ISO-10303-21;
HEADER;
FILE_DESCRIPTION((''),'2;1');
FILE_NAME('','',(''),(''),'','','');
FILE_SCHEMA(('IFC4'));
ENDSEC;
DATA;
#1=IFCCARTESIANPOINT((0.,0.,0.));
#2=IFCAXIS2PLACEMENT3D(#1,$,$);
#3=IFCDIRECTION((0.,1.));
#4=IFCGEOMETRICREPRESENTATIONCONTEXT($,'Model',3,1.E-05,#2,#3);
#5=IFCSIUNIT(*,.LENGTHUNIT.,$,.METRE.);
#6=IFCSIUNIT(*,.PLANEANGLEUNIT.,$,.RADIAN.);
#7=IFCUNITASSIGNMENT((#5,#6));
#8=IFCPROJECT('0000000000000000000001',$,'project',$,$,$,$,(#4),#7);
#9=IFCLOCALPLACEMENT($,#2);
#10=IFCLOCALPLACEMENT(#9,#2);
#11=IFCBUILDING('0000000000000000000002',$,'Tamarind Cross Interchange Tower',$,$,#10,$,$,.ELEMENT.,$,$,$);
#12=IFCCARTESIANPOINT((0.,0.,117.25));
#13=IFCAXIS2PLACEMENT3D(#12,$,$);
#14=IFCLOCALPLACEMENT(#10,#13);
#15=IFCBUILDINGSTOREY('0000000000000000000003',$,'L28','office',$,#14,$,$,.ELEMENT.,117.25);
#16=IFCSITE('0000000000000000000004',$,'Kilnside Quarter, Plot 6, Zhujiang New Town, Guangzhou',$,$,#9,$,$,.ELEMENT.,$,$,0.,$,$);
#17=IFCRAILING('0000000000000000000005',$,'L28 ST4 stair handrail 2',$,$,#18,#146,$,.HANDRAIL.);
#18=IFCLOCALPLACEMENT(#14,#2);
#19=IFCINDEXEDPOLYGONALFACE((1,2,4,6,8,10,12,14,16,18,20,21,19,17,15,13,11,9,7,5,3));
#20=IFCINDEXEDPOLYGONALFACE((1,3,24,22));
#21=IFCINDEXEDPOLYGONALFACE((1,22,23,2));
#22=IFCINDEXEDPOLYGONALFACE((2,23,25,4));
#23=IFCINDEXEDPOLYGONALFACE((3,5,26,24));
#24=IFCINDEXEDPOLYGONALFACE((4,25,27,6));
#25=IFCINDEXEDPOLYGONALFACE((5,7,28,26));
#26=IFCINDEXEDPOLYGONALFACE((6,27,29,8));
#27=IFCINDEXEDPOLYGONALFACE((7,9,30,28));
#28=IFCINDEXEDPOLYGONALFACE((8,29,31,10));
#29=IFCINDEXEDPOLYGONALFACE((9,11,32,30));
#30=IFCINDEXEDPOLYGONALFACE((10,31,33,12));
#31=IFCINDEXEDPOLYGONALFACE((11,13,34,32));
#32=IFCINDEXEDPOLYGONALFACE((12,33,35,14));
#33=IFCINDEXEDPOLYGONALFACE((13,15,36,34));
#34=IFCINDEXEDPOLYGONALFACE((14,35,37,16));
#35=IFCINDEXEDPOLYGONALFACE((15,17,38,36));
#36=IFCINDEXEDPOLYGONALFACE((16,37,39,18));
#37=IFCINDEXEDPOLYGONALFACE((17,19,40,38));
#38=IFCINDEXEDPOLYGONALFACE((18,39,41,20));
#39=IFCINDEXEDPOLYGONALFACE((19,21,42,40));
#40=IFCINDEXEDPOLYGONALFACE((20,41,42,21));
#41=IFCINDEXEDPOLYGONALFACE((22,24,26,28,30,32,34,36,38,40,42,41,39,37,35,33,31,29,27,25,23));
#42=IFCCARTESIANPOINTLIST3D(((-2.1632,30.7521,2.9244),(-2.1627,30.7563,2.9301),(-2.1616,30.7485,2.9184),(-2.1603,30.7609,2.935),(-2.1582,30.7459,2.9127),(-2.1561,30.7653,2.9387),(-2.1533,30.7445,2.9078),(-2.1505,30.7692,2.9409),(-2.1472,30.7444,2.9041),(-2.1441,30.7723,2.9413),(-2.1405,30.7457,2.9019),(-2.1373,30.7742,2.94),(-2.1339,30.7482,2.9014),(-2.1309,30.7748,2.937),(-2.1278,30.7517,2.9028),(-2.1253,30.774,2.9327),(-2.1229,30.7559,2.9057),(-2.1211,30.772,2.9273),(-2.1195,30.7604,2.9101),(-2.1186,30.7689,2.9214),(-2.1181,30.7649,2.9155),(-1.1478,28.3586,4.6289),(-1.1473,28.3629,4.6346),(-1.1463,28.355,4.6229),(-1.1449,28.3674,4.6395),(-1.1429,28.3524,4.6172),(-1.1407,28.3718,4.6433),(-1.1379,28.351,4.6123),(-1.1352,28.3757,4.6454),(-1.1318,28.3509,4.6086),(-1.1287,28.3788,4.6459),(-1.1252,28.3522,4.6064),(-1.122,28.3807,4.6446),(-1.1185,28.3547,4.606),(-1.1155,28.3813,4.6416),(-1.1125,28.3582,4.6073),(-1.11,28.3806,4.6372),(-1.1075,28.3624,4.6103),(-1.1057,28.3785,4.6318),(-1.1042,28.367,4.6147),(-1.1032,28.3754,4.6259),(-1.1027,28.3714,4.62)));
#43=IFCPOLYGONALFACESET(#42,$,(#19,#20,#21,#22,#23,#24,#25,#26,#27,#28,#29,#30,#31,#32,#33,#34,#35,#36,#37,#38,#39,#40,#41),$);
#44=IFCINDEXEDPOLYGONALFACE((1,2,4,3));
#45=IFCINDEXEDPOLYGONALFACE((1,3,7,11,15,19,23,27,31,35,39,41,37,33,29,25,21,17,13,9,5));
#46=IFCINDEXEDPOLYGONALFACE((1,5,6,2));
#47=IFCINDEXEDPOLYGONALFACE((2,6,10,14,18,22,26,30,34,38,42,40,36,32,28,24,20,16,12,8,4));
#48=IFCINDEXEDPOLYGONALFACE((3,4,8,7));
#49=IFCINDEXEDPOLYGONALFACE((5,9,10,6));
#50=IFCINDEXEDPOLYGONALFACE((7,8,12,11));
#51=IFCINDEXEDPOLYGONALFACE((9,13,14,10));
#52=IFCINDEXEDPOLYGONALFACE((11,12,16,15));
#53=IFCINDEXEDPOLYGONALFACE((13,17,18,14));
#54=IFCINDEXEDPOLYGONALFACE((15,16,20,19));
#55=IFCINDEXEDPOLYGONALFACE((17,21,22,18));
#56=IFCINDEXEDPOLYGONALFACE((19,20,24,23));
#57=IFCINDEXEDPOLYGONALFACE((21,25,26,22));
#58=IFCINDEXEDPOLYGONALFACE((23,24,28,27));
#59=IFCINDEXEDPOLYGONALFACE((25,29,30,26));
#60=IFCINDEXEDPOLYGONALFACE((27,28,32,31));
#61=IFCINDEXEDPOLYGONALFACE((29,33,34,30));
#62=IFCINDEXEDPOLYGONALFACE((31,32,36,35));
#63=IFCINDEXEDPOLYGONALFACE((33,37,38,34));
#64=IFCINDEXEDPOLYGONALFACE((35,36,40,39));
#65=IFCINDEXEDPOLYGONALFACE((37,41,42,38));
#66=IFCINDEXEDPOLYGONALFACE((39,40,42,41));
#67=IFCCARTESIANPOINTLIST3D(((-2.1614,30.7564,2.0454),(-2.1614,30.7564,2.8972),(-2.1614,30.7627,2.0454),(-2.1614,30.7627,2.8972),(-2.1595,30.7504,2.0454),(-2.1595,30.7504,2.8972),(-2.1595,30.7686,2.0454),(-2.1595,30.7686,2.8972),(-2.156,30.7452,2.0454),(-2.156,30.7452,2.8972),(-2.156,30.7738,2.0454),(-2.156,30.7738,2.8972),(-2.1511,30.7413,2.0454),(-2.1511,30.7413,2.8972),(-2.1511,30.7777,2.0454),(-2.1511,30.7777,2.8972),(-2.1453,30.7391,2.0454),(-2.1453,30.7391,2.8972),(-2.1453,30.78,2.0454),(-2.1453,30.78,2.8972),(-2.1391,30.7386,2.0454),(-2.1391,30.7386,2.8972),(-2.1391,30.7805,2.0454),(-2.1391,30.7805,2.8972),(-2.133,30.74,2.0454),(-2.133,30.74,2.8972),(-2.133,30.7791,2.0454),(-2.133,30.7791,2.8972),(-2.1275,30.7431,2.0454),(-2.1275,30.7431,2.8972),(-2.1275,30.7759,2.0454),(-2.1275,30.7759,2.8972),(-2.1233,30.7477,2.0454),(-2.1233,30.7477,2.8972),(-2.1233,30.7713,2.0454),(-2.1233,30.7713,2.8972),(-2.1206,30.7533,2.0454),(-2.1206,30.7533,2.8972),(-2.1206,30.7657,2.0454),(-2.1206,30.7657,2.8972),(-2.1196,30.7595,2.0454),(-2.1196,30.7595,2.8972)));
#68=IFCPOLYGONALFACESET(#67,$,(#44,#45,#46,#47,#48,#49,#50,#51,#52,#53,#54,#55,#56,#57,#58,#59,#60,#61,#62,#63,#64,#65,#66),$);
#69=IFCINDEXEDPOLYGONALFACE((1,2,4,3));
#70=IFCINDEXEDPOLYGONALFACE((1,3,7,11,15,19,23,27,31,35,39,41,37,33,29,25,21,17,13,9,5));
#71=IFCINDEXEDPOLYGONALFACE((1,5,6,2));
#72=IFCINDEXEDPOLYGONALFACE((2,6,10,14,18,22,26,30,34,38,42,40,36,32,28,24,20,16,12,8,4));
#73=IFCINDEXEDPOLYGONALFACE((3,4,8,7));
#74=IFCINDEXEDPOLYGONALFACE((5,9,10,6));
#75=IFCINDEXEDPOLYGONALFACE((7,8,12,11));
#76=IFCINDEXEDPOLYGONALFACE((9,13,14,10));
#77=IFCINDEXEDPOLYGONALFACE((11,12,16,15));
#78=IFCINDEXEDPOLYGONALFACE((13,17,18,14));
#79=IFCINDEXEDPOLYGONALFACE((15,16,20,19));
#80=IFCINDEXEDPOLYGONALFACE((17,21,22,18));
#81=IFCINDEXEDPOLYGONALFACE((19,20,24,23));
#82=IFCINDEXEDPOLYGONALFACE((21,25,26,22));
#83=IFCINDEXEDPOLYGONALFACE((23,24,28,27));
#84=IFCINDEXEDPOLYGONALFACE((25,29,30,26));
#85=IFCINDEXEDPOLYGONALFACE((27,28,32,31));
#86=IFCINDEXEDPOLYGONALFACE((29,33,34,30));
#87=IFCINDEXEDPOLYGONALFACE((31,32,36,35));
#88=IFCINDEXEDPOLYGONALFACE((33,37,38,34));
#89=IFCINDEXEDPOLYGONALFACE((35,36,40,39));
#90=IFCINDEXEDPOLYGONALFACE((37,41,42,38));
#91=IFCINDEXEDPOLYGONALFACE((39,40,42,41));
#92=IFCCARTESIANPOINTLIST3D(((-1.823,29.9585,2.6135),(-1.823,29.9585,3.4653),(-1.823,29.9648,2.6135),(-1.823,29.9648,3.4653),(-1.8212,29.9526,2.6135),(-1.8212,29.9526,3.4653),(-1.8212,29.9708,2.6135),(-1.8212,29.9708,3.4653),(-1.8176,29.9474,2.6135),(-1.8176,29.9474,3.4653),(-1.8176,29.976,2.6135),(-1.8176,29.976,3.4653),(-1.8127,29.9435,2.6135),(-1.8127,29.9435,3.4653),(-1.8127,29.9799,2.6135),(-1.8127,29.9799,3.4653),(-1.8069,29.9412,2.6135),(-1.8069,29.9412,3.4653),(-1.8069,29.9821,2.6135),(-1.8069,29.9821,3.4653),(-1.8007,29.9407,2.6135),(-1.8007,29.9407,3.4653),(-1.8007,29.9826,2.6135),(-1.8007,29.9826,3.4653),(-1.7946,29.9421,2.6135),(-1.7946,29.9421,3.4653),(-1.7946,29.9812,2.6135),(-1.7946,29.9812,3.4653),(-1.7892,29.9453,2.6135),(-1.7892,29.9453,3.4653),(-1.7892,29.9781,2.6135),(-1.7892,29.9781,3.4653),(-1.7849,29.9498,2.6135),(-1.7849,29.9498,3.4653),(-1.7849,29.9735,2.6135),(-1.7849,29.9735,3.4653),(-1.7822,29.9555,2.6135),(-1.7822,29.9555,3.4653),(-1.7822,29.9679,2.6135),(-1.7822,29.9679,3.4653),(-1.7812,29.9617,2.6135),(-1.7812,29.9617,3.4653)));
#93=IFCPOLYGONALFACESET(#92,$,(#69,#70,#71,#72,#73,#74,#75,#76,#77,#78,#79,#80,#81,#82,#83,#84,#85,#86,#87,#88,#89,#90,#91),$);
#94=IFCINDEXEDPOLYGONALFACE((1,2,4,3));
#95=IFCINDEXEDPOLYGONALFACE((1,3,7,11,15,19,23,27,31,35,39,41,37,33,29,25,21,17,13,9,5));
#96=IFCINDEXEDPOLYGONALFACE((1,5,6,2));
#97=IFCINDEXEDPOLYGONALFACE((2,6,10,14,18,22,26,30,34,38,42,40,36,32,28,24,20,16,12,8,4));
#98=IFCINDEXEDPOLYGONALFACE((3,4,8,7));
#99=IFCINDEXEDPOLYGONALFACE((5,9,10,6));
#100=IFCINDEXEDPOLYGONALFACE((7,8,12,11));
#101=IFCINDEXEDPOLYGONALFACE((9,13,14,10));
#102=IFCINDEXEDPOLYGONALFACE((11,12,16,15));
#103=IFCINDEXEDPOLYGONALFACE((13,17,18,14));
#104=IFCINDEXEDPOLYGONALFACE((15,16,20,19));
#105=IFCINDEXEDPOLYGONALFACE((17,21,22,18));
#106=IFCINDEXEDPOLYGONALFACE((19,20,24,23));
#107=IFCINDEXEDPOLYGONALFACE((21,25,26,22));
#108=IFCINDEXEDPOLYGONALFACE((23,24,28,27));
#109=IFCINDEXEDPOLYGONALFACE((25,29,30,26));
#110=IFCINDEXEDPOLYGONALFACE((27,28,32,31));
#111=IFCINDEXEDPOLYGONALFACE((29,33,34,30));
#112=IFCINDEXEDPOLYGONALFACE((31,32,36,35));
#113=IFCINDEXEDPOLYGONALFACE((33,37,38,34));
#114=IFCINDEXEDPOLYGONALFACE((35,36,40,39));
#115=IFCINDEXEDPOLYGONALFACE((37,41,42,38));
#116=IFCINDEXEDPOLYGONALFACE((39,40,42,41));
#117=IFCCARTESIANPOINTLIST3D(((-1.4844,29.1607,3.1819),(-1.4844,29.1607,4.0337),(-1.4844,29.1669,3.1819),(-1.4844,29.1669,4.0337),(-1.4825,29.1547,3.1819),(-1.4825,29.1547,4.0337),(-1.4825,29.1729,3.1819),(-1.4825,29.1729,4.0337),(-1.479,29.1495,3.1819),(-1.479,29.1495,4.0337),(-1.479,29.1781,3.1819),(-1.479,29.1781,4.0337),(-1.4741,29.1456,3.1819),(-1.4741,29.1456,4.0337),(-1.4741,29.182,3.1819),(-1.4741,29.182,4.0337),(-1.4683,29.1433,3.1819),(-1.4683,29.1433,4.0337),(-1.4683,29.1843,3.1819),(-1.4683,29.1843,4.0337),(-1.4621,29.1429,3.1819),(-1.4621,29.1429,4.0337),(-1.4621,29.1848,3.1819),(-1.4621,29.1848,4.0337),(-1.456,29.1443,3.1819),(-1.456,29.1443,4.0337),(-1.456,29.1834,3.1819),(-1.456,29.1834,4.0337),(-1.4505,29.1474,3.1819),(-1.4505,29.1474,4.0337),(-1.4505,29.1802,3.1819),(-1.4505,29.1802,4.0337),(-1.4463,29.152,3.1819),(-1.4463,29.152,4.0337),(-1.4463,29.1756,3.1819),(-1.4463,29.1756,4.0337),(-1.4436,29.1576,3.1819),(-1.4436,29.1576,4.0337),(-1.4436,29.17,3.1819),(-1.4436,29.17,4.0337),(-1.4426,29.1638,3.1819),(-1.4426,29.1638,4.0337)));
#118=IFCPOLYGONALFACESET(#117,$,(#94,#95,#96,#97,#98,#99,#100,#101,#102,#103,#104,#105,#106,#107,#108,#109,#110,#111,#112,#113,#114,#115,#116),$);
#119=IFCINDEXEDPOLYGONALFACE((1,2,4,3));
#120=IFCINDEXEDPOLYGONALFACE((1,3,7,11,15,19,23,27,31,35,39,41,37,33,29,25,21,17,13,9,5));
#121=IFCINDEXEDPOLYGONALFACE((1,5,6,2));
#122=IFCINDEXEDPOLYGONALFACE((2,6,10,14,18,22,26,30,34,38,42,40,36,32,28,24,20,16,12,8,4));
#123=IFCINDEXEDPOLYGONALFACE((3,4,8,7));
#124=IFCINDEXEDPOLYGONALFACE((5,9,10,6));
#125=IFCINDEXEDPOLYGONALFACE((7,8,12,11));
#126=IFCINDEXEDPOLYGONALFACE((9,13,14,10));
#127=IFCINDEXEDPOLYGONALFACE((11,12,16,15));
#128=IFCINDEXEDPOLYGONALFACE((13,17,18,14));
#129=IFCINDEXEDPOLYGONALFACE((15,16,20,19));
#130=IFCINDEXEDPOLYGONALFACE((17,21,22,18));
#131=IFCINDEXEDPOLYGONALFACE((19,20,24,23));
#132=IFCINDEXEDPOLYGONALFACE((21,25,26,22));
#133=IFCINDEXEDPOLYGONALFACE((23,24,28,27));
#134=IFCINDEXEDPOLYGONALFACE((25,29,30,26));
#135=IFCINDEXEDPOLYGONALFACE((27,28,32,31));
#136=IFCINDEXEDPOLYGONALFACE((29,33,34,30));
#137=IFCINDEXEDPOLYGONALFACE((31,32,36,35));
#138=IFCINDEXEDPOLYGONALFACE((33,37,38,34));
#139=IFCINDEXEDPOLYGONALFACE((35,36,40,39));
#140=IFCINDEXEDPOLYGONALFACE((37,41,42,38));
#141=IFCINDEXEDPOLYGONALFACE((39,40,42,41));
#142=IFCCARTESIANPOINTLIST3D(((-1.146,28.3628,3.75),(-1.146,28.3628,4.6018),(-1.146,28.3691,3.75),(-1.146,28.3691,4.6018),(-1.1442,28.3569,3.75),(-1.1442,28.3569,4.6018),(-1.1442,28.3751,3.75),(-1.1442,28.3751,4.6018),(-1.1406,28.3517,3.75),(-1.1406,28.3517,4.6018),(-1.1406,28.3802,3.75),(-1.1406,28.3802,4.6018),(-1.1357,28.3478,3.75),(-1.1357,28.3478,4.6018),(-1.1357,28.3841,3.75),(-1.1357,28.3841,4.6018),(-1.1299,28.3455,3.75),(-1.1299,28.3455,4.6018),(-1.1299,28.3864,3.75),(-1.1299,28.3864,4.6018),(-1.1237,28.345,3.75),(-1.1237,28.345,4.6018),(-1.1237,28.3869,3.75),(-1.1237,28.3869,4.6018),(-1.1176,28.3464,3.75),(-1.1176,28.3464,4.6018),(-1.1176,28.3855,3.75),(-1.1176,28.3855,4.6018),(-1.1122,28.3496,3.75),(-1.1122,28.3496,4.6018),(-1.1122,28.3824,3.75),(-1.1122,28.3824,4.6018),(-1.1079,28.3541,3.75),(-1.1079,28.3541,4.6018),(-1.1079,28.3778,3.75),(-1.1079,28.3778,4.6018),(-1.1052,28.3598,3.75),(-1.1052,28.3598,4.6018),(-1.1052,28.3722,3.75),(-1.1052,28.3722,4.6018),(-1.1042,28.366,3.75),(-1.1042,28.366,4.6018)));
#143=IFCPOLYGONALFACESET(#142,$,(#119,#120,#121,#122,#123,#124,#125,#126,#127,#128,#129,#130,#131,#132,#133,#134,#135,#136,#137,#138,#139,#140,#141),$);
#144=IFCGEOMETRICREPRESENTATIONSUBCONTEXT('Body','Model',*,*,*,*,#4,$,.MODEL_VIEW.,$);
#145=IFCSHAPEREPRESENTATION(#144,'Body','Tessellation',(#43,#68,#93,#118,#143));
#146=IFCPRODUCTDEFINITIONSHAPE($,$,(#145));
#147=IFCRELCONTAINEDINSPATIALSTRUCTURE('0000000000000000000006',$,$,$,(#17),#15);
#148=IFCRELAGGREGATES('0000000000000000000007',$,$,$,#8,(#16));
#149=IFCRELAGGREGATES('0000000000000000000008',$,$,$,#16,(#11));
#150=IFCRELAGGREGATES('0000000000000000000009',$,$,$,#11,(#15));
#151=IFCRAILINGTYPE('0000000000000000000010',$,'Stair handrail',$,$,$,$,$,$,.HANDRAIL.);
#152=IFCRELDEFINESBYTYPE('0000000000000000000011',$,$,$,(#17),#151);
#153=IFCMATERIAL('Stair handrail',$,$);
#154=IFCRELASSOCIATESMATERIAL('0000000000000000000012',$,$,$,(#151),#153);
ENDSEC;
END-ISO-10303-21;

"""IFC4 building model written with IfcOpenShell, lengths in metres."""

from ifc_helpers import new_model, si_unit, direction, frame, origin, origin_2d, place, context, subcontext, project, spatial, circle, extrude, material, type_object, element, save


model = new_model("IFC4")

# Units and contexts
model_context = context("Model", 3, precision=1e-05, world=origin(), true_north=direction((0.0, 1.0)))
body_context = subcontext(model_context, "Body", "Model", "MODEL_VIEW")
ifc_project = project(units=[si_unit("LENGTHUNIT", "METRE"), si_unit("PLANEANGLEUNIT", "RADIAN")], contexts=[model_context])

# Site, building, storey
site_placement = place(None, origin())
site = spatial("IfcSite", under=ifc_project, at=site_placement, Name="Kilnside Quarter, Plot 6, Zhujiang New Town, Guangzhou", CompositionType="ELEMENT", RefElevation=0.0)
building_placement = place(site_placement, origin())
building = spatial("IfcBuilding", under=site, at=building_placement, Name="Tamarind Cross Interchange Tower", CompositionType="ELEMENT")
storey_placement = place(building_placement, frame((0.0, 0.0, 117.25)))
storey = spatial("IfcBuildingStorey", under=building, at=storey_placement, Name="L28", Description="office", CompositionType="ELEMENT", Elevation=117.25)

# Railing
ifc_material_1 = material(Name="Stair handrail")
railing_type_1 = type_object("IfcRailingType", Name="Stair handrail", PredefinedType="HANDRAIL", material=ifc_material_1)
railing_1_placement = place(storey_placement, frame((-2.1406, 30.7595, 2.0454)))
element("IfcRailing", 1, at=railing_1_placement, inside=storey, type_object=railing_type_1, Name="L28 ST4 stair handrail 2", PredefinedType="HANDRAIL", context=body_context, shape_type="SweptSolid", body=[
    extrude(circle(Radius=0.0239, at=origin_2d()), frame((0.0, 0.0, 0.876), z_axis=(0.326597, -0.769885, 0.54828), x_axis=(0.920591, 0.390528, 0.0)), (0.0, 0.0, 1.0), 3.1089),
    extrude(circle(Radius=0.021, at=origin_2d()), origin(), (0.0, 0.0, 1.0), 0.8518),
    extrude(circle(Radius=0.021, at=origin_2d()), frame((0.3384, -0.7979, 0.5681)), (0.0, 0.0, 1.0), 0.8518),
    extrude(circle(Radius=0.021, at=origin_2d()), frame((0.677, -1.5957, 1.1365)), (0.0, 0.0, 1.0), 0.8518),
    extrude(circle(Radius=0.021, at=origin_2d()), frame((1.0154, -2.3936, 1.7046)), (0.0, 0.0, 1.0), 0.8518),
])

save(model, "model.ifc")
